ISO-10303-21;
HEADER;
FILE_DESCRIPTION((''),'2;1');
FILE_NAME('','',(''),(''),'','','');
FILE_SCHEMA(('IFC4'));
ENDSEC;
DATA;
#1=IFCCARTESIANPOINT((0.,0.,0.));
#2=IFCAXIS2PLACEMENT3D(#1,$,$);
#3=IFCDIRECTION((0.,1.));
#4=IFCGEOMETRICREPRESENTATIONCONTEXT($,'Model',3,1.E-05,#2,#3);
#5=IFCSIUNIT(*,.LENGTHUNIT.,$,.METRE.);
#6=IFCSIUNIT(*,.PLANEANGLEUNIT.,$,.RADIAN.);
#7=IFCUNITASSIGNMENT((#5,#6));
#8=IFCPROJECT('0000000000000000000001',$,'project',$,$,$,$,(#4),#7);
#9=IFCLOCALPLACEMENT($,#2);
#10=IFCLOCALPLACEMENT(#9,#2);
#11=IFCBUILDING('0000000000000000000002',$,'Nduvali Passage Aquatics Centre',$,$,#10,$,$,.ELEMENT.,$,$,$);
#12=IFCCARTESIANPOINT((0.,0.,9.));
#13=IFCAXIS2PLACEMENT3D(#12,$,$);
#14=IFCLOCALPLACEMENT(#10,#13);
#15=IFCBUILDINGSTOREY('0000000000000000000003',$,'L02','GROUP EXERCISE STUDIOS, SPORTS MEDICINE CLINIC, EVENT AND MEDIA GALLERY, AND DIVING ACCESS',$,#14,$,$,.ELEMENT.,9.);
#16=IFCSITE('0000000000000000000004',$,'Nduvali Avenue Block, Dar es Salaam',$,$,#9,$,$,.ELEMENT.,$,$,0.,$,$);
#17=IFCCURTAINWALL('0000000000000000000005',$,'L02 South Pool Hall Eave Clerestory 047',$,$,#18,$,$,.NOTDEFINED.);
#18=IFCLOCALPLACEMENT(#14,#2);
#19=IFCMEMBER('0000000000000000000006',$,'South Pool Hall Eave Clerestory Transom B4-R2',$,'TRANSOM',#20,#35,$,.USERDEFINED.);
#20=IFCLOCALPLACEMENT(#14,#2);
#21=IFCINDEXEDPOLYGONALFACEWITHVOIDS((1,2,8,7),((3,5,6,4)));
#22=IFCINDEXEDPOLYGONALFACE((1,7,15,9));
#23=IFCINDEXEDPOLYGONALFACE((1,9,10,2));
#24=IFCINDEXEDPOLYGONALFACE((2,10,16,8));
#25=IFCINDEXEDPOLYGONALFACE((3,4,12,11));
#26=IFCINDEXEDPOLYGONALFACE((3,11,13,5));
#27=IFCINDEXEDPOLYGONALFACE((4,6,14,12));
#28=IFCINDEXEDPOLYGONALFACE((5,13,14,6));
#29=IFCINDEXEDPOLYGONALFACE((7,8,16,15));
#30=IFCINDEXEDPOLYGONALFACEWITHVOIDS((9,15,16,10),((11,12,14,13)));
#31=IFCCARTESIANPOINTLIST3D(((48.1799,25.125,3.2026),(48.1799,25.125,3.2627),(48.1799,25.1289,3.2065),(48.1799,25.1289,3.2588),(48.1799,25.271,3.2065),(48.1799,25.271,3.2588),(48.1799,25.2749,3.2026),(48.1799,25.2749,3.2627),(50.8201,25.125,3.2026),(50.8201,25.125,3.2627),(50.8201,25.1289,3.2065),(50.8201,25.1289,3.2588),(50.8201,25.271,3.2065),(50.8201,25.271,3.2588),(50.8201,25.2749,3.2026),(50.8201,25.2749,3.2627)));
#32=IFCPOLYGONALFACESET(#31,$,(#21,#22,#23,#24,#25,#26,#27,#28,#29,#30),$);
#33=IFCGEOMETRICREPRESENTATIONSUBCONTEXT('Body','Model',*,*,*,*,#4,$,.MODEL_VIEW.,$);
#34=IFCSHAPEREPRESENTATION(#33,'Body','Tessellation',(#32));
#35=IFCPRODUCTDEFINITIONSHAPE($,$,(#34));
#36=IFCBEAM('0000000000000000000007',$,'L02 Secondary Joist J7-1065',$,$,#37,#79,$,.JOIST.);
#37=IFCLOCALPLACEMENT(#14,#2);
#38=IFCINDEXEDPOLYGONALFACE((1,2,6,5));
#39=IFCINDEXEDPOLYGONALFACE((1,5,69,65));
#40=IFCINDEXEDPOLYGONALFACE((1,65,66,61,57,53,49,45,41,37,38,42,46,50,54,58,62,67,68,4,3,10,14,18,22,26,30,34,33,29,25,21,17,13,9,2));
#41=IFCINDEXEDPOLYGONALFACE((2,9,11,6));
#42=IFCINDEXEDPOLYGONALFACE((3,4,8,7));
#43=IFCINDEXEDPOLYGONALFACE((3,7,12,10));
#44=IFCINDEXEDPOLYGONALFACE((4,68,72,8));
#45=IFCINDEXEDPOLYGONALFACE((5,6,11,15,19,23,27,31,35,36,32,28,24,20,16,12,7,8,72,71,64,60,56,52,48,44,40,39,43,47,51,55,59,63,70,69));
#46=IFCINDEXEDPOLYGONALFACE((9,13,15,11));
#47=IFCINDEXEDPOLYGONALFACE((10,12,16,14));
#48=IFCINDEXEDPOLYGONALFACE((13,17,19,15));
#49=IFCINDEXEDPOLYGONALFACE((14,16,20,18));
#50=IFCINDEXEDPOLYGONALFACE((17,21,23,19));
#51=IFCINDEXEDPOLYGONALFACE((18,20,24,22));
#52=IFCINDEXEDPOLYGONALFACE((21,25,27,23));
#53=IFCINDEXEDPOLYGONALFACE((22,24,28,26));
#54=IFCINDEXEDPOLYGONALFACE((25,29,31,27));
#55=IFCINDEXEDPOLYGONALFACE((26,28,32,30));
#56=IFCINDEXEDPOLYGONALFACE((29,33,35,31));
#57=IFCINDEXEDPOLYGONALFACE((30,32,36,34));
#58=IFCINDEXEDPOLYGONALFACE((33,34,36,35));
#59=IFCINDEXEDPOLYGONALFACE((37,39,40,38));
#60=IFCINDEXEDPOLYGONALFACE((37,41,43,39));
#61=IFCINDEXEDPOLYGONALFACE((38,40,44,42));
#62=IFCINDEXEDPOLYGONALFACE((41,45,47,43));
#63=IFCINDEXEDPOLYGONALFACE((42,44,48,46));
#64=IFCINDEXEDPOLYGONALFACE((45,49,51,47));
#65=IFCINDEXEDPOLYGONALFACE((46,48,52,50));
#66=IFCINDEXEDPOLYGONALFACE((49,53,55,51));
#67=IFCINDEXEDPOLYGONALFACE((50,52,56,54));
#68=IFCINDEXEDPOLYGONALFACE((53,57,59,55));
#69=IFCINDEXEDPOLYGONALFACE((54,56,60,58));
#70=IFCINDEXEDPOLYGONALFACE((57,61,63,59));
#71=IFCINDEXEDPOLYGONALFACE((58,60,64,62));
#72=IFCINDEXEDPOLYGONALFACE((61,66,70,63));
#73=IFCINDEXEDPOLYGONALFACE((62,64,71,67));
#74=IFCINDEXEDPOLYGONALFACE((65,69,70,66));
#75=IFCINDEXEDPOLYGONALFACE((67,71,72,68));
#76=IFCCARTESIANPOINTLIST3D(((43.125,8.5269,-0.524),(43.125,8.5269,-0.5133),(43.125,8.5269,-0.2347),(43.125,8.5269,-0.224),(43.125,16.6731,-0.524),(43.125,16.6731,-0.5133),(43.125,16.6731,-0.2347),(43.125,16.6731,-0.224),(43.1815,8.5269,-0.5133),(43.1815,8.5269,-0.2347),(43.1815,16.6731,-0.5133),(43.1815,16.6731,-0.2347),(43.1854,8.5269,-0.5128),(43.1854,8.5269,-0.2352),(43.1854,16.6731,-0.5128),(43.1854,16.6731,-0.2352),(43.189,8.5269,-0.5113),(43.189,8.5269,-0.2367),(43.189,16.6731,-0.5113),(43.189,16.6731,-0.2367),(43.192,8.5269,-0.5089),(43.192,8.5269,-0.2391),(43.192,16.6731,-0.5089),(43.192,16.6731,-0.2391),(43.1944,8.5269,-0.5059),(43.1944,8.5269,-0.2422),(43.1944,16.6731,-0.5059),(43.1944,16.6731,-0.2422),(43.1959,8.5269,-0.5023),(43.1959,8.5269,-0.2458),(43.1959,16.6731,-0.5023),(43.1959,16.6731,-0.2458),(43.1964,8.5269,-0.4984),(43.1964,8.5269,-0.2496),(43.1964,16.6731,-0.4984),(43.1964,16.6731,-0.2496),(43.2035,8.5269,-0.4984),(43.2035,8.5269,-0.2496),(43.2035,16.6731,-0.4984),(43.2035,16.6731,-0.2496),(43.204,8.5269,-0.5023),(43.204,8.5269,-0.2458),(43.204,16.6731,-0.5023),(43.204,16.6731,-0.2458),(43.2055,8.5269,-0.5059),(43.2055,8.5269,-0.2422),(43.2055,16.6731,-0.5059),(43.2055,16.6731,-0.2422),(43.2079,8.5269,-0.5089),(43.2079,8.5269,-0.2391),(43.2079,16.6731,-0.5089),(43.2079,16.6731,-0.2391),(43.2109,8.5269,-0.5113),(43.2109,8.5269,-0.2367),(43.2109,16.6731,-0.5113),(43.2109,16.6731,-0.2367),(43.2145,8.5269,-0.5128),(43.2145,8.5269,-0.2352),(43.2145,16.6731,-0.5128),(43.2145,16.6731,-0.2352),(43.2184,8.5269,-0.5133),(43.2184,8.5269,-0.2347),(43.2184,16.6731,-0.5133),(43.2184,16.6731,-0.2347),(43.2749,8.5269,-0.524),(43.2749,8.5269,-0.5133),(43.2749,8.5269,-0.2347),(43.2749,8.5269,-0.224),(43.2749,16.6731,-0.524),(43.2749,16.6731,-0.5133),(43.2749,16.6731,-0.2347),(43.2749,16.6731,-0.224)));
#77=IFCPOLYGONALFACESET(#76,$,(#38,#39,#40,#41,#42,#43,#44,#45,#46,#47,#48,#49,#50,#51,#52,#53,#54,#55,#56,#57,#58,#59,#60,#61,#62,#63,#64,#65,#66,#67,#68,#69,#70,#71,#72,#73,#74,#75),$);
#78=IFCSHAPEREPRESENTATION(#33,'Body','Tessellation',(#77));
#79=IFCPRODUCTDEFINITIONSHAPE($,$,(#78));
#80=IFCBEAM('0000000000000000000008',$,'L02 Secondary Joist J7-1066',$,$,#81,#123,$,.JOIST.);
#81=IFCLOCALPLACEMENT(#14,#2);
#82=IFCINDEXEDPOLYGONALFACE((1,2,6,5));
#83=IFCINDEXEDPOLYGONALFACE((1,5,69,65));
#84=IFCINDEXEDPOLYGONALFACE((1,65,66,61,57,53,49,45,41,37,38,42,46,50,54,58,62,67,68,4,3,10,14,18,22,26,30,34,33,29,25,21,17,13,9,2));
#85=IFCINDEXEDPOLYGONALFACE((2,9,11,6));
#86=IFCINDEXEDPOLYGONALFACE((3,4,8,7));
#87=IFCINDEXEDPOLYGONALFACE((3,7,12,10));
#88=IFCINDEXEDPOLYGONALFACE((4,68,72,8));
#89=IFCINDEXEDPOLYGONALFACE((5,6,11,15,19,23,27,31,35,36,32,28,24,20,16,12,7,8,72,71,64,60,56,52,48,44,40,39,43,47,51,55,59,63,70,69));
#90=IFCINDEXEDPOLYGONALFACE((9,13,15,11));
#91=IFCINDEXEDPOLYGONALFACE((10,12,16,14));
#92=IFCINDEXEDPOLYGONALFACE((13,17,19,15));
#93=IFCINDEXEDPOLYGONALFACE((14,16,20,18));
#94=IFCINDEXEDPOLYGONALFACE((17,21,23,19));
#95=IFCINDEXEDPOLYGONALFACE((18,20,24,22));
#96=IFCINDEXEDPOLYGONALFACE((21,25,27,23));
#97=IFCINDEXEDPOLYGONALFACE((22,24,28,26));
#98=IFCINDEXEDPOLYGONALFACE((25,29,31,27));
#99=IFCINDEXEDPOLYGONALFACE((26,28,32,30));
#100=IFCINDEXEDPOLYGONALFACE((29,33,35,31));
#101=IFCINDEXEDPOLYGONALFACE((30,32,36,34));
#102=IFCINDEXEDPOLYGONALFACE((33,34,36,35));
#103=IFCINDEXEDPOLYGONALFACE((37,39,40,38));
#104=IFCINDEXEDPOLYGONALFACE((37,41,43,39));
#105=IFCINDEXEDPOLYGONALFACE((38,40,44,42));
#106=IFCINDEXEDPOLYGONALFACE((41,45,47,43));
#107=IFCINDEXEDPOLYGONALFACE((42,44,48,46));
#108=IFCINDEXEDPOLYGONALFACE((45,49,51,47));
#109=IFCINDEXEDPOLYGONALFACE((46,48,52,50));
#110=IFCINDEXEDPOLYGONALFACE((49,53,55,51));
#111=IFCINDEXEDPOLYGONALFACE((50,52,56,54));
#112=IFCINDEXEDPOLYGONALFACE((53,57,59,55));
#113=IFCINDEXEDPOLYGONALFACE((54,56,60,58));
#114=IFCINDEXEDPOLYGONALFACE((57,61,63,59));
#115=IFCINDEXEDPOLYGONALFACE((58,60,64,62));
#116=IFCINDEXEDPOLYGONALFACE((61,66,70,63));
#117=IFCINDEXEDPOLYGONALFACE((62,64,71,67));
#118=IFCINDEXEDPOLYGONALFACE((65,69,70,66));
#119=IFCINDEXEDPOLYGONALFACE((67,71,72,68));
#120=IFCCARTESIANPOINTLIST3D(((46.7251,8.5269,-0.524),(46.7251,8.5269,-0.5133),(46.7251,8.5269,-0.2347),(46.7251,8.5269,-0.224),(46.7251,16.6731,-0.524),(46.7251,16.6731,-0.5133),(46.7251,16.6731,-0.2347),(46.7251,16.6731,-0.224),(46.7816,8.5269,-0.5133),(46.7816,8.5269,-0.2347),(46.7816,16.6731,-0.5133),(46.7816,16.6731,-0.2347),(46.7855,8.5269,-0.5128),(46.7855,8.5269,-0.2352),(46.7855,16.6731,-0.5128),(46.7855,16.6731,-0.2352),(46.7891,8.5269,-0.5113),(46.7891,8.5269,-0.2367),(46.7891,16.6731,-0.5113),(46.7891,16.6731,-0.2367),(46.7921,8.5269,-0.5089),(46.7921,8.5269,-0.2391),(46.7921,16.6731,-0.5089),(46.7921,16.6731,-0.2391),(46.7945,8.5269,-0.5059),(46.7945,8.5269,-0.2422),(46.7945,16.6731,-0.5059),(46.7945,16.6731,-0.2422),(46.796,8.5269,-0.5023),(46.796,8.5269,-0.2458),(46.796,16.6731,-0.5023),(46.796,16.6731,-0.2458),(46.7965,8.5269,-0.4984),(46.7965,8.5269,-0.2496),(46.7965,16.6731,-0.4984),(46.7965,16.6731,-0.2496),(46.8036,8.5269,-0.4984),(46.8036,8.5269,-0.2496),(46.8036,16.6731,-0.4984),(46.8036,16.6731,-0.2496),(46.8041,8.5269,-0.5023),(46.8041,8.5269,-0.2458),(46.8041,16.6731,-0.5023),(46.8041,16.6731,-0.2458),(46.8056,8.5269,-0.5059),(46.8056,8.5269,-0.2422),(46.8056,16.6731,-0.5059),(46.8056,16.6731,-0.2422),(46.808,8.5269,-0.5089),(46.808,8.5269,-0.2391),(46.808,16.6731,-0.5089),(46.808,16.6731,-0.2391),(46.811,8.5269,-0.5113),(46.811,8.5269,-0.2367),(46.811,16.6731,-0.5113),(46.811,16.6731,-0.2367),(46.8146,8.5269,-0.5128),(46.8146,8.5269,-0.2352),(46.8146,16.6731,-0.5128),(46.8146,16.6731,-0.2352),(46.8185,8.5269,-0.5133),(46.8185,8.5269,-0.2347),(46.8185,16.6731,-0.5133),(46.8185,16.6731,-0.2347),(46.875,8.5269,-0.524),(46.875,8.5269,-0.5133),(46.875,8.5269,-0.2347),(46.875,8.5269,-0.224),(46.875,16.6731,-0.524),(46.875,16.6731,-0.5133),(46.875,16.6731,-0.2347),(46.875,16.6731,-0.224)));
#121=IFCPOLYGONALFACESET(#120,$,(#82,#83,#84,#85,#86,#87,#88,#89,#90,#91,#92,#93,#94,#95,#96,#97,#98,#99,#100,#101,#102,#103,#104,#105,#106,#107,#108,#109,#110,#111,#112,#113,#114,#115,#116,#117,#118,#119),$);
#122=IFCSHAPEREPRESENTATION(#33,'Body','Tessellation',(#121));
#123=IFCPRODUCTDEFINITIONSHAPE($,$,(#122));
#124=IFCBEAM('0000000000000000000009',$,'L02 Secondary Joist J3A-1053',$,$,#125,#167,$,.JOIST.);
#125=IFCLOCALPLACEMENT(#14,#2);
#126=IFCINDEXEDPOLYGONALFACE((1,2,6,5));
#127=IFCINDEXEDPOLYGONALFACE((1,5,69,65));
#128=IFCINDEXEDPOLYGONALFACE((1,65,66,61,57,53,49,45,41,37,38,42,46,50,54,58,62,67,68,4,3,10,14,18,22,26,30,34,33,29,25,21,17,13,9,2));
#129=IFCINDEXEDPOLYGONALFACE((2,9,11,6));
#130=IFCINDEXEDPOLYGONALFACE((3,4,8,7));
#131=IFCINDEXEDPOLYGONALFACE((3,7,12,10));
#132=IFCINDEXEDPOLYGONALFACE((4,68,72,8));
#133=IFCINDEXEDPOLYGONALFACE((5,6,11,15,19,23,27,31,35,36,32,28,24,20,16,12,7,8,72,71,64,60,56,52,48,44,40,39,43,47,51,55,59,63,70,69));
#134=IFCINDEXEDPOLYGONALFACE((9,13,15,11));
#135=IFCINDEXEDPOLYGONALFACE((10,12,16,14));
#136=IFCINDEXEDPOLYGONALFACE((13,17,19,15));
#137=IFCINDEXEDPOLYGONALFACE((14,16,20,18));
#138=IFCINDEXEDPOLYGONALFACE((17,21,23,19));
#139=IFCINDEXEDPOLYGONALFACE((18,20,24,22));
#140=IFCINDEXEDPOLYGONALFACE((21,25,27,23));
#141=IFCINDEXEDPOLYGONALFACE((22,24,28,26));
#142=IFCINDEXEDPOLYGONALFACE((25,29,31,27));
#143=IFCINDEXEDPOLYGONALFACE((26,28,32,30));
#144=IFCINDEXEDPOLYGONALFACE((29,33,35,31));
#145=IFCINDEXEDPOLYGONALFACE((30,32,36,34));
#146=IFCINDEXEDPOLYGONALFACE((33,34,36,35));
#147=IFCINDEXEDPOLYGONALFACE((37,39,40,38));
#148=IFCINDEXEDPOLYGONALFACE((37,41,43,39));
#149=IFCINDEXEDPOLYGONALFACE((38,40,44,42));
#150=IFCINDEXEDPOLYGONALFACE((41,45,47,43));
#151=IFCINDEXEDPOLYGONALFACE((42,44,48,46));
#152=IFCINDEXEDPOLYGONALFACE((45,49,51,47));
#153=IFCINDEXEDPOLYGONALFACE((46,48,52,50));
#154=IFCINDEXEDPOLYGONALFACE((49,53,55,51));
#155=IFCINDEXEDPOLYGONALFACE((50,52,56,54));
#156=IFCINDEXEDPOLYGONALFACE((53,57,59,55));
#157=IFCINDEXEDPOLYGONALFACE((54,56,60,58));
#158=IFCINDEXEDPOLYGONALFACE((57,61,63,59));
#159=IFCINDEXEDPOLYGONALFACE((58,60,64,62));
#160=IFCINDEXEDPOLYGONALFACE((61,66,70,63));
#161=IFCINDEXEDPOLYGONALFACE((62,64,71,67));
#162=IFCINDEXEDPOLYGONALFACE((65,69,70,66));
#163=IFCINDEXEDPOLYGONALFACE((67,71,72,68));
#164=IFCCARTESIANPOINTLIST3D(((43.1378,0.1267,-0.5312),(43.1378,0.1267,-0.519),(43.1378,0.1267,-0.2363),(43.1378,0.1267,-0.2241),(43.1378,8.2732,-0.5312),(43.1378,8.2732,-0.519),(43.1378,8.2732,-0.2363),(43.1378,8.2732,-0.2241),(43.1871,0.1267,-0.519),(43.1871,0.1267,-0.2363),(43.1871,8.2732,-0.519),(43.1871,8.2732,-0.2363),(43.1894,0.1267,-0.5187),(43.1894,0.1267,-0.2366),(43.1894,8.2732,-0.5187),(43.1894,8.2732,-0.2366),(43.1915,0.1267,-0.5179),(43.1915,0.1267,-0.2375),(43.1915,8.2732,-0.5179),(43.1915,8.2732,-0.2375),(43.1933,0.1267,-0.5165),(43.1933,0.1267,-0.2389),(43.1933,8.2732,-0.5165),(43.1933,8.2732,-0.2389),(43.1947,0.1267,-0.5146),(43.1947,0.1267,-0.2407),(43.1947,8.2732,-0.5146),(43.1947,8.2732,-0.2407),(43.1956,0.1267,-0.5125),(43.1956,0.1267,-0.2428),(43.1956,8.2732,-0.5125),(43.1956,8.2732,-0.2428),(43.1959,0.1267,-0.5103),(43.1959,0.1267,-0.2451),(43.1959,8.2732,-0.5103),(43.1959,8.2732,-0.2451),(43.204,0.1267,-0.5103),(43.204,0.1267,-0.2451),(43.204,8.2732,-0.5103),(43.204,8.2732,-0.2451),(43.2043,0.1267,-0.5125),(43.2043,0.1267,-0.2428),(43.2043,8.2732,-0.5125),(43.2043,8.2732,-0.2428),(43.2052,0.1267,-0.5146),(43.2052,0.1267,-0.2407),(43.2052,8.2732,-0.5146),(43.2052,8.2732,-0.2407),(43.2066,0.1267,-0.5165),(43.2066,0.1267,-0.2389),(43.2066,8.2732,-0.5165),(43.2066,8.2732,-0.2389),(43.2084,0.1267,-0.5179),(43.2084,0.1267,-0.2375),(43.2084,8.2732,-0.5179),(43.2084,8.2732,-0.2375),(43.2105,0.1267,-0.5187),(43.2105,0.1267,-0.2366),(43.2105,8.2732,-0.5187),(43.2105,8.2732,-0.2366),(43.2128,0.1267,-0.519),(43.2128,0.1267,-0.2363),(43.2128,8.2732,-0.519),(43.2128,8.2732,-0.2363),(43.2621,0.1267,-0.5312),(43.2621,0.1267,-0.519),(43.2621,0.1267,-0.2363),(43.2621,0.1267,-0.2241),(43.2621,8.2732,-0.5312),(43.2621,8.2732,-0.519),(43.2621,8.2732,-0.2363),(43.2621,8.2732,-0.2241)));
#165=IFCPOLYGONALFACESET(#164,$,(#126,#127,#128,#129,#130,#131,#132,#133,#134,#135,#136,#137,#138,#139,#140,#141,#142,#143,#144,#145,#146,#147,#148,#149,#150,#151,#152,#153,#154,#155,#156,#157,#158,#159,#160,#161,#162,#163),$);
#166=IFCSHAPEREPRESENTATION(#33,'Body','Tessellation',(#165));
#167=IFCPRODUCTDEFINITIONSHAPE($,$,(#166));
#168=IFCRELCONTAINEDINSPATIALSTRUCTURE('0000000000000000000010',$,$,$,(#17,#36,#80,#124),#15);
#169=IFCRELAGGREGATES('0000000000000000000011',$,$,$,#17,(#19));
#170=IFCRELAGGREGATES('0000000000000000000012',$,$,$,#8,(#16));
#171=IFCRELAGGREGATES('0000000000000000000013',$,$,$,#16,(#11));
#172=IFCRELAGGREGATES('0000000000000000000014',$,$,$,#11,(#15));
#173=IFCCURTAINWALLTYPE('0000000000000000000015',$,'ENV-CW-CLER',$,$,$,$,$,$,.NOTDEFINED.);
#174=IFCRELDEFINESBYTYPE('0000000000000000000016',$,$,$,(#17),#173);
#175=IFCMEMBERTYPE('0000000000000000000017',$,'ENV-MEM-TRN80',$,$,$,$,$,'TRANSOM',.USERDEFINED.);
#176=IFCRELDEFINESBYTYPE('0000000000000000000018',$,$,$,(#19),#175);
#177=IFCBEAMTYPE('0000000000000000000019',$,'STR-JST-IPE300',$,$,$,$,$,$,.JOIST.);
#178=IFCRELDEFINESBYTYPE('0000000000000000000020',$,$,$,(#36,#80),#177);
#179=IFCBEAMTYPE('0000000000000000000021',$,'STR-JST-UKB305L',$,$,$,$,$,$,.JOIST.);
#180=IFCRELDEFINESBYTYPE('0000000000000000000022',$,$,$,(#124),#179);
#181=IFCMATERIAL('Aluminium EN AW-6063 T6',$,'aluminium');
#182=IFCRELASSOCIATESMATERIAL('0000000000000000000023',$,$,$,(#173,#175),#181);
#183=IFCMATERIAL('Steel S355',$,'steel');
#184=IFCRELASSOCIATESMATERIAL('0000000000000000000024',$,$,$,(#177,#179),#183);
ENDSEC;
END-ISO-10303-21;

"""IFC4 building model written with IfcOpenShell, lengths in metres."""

from ifc_helpers import new_model, si_unit, direction, frame, origin, origin_2d, place, context, subcontext, project, spatial, hollow_rectangle, i_section, extrude, material, material_profile, profile_set, type_object, element, aggregate, save


model = new_model("IFC4")

# Units and contexts
model_context = context("Model", 3, precision=1e-05, world=origin(), true_north=direction((0.0, 1.0)))
body_context = subcontext(model_context, "Body", "Model", "MODEL_VIEW")
ifc_project = project(units=[si_unit("LENGTHUNIT", "METRE"), si_unit("PLANEANGLEUNIT", "RADIAN")], contexts=[model_context])

# Site, building, storey
site_placement = place(None, origin())
site = spatial("IfcSite", under=ifc_project, at=site_placement, Name="Nduvali Avenue Block, Dar es Salaam", CompositionType="ELEMENT", RefElevation=0.0)
building_placement = place(site_placement, origin())
building = spatial("IfcBuilding", under=site, at=building_placement, Name="Nduvali Passage Aquatics Centre", CompositionType="ELEMENT")
storey_placement = place(building_placement, frame((0.0, 0.0, 9.0)))
storey = spatial("IfcBuildingStorey", under=building, at=storey_placement, Name="L02", Description="GROUP EXERCISE STUDIOS, SPORTS MEDICINE CLINIC, EVENT AND MEDIA GALLERY, AND DIVING ACCESS", CompositionType="ELEMENT", Elevation=9.0)

# Curtain wall, member
ifc_material_1 = material(Name="Aluminium EN AW-6063 T6", Category="aluminium")
curtain_wall_type = type_object("IfcCurtainWallType", Name="ENV-CW-CLER", PredefinedType="NOTDEFINED", material=ifc_material_1)
curtain_wall_placement = place(storey_placement, origin())
curtain_wall = element("IfcCurtainWall", 1, at=curtain_wall_placement, inside=storey, type_object=curtain_wall_type, Name="L02 South Pool Hall Eave Clerestory 047", PredefinedType="NOTDEFINED")
ifc_material_profile_1 = material_profile(ifc_material_1, hollow_rectangle(XDim=0.1499, YDim=0.0601, WallThickness=0.0039, at=origin_2d()), Name="ALU TRANSOM 150x60x4")
ifc_profile_set_1 = profile_set([ifc_material_profile_1], Name="Aluminium EN AW-6063 T6")
member_type_1 = type_object("IfcMemberType", Name="ENV-MEM-TRN80", ElementType="TRANSOM", PredefinedType="USERDEFINED", material=ifc_profile_set_1)
member_1_placement = place(storey_placement, frame((48.1799, 25.2, 3.2327), z_axis=(1.0, 0.0, 0.0), x_axis=(0.0, 1.0, 0.0)))
member_1 = element("IfcMember", 2, at=member_1_placement, type_object=member_type_1, Name="South Pool Hall Eave Clerestory Transom B4-R2", ObjectType="TRANSOM", PredefinedType="USERDEFINED", context=body_context, shape_type="SweptSolid", body=[
    extrude(hollow_rectangle(XDim=0.1499, YDim=0.0601, WallThickness=0.0039, at=origin_2d()), origin(), (0.0, 0.0, 1.0), 2.6401),
])

# Beams
ifc_material_2 = material(Name="Steel S355", Category="steel")
ifc_material_profile_2 = material_profile(ifc_material_2, i_section(OverallWidth=0.1499, OverallDepth=0.3, WebThickness=0.0071, FlangeThickness=0.0107, FilletRadius=0.0149, at=origin_2d()), Name="IPE 300")
ifc_profile_set_2 = profile_set([ifc_material_profile_2], Name="Steel S355")
beam_type_1 = type_object("IfcBeamType", Name="STR-JST-IPE300", PredefinedType="JOIST", material=ifc_profile_set_2)
for number, where, z_axis, x_axis, name in (
    (3, (43.2, 8.5269, -0.374), (0.0, 1.0, 0.0), (-1.0, 0.0, 0.0), "L02 Secondary Joist J7-1065"),
    (4, (46.8, 8.5269, -0.374), (0.0, 1.0, 0.0), (-1.0, 0.0, 0.0), "L02 Secondary Joist J7-1066"),
):
    element("IfcBeam", number, at=place(storey_placement, frame(where, z_axis=z_axis, x_axis=x_axis)), inside=storey, type_object=beam_type_1, Name=name, PredefinedType="JOIST", context=body_context, shape_type="SweptSolid", body=[
        extrude(i_section(OverallWidth=0.1499, OverallDepth=0.3, WebThickness=0.0071, FlangeThickness=0.0107, FilletRadius=0.0149, at=origin_2d()), origin(), (0.0, 0.0, 1.0), 8.1462),
    ])
ifc_material_profile_3 = material_profile(ifc_material_2, i_section(OverallWidth=0.1243, OverallDepth=0.3071, WebThickness=0.0081, FlangeThickness=0.0122, FilletRadius=0.0088, at=origin_2d()), Name="UKB 305x127x42")
ifc_profile_set_3 = profile_set([ifc_material_profile_3], Name="Steel S355")
beam_type_2 = type_object("IfcBeamType", Name="STR-JST-UKB305L", PredefinedType="JOIST", material=ifc_profile_set_3)
for number, where, z_axis, x_axis, name in (
    (5, (43.2, 0.1267, -0.3777), (0.0, 1.0, 0.0), (-1.0, 0.0, 0.0), "L02 Secondary Joist J3A-1053"),
):
    element("IfcBeam", number, at=place(storey_placement, frame(where, z_axis=z_axis, x_axis=x_axis)), inside=storey, type_object=beam_type_2, Name=name, PredefinedType="JOIST", context=body_context, shape_type="SweptSolid", body=[
        extrude(i_section(OverallWidth=0.1243, OverallDepth=0.3071, WebThickness=0.0081, FlangeThickness=0.0122, FilletRadius=0.0088, at=origin_2d()), origin(), (0.0, 0.0, 1.0), 8.1465),
    ])

aggregate(curtain_wall, [member_1])

save(model, "model.ifc")
